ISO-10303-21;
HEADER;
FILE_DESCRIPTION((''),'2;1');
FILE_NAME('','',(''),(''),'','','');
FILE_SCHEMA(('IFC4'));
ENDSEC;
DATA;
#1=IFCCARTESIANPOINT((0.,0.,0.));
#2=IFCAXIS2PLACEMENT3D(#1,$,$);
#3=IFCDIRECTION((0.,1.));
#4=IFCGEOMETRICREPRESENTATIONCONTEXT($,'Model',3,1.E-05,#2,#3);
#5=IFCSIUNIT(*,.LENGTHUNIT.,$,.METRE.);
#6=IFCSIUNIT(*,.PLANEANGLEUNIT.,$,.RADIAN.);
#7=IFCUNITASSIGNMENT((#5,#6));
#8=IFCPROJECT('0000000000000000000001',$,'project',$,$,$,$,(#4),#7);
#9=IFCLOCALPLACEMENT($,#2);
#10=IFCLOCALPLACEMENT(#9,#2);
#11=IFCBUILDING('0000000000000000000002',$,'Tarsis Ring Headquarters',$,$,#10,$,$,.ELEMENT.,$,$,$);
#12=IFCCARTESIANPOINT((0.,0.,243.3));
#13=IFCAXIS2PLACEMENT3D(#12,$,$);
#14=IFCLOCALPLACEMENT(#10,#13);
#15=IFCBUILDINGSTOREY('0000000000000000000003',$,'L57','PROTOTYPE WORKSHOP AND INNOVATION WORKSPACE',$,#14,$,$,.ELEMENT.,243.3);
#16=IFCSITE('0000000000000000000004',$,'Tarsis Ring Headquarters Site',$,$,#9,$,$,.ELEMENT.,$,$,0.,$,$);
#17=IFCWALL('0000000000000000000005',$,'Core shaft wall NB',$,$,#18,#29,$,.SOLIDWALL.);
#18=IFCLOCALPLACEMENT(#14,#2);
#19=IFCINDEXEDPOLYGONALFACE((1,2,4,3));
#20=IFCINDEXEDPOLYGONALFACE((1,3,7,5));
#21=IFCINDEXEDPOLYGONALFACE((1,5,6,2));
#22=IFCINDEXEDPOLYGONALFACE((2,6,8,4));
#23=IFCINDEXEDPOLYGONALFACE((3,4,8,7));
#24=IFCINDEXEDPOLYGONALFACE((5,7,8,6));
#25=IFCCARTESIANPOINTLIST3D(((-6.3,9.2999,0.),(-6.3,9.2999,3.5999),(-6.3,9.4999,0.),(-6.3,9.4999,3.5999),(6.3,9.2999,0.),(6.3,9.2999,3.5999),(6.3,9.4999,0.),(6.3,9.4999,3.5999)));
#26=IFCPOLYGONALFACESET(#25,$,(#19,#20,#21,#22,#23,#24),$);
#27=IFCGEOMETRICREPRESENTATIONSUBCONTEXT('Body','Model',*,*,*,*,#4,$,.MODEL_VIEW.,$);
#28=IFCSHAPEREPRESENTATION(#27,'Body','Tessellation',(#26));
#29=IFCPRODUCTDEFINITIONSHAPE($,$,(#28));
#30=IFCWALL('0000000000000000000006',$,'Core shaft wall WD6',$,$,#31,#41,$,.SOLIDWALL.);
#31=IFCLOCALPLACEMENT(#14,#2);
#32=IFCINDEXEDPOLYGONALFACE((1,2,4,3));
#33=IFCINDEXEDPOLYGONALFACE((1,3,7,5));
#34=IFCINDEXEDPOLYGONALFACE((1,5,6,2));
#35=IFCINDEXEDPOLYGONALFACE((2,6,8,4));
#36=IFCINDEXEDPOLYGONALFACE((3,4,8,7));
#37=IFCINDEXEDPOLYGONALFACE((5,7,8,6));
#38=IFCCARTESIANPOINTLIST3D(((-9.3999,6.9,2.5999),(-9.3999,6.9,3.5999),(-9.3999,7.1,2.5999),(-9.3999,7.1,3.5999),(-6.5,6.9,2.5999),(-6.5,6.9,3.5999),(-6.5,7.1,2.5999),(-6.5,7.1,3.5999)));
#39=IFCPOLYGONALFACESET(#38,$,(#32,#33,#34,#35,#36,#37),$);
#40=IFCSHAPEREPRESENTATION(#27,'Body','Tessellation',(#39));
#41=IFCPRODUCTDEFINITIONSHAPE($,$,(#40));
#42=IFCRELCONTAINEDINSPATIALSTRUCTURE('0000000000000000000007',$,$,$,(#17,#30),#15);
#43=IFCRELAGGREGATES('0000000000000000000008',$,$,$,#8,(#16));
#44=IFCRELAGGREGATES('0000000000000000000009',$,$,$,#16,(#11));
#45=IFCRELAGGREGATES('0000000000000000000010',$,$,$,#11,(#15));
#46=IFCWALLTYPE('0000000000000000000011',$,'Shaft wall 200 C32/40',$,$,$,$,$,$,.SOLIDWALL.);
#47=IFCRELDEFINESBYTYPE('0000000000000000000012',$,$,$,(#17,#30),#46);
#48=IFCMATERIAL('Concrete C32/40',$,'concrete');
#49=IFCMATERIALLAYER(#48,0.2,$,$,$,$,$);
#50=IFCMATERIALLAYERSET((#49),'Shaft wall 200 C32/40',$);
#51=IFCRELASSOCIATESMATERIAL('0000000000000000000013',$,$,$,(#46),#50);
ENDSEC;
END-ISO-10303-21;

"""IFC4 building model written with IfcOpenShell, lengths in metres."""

from ifc_helpers import new_model, si_unit, direction, frame, frame_2d, origin, place, context, subcontext, project, spatial, rectangle, extrude, material, layer, layer_set, type_object, element, save


model = new_model("IFC4")

# Units and contexts
model_context = context("Model", 3, precision=1e-05, world=origin(), true_north=direction((0.0, 1.0)))
body_context = subcontext(model_context, "Body", "Model", "MODEL_VIEW")
ifc_project = project(units=[si_unit("LENGTHUNIT", "METRE"), si_unit("PLANEANGLEUNIT", "RADIAN")], contexts=[model_context])

# Site, building, storey
site_placement = place(None, origin())
site = spatial("IfcSite", under=ifc_project, at=site_placement, Name="Tarsis Ring Headquarters Site", CompositionType="ELEMENT", RefElevation=0.0)
building_placement = place(site_placement, origin())
building = spatial("IfcBuilding", under=site, at=building_placement, Name="Tarsis Ring Headquarters", CompositionType="ELEMENT")
storey_placement = place(building_placement, frame((0.0, 0.0, 243.3)))
storey = spatial("IfcBuildingStorey", under=building, at=storey_placement, Name="L57", Description="PROTOTYPE WORKSHOP AND INNOVATION WORKSPACE", CompositionType="ELEMENT", Elevation=243.3)

# Shared definitions
ifc_material_1 = material(Name="Concrete C32/40", Category="concrete")
ifc_layer_1 = layer(ifc_material_1, 0.2)
ifc_layer_set_1 = layer_set([ifc_layer_1], Name="Shaft wall 200 C32/40")
wall_type_1 = type_object("IfcWallType", Name="Shaft wall 200 C32/40", PredefinedType="SOLIDWALL", material=ifc_layer_set_1)

# Walls
wall_1_placement = place(storey_placement, frame((-6.3, 9.3999, 0.0), z_axis=(0.0, 0.0, 1.0), x_axis=(1.0, 0.0, 0.0)))
element("IfcWall", 1, at=wall_1_placement, inside=storey, type_object=wall_type_1, Name="Core shaft wall NB", PredefinedType="SOLIDWALL", context=body_context, shape_type="SweptSolid", body=[
    extrude(rectangle(XDim=12.6001, YDim=0.2, at=frame_2d((6.3, 0.0))), origin(), (0.0, 0.0, 1.0), 3.5999),
])
wall_2_placement = place(storey_placement, frame((-9.3999, 7.0, 2.5999), z_axis=(0.0, 0.0, 1.0), x_axis=(1.0, 0.0, 0.0)))
element("IfcWall", 2, at=wall_2_placement, inside=storey, type_object=wall_type_1, Name="Core shaft wall WD6", PredefinedType="SOLIDWALL", context=body_context, shape_type="SweptSolid", body=[
    extrude(rectangle(XDim=2.8999, YDim=0.2, at=frame_2d((1.45, 0.0))), origin(), (0.0, 0.0, 1.0), 1.0),
])

save(model, "model.ifc")
